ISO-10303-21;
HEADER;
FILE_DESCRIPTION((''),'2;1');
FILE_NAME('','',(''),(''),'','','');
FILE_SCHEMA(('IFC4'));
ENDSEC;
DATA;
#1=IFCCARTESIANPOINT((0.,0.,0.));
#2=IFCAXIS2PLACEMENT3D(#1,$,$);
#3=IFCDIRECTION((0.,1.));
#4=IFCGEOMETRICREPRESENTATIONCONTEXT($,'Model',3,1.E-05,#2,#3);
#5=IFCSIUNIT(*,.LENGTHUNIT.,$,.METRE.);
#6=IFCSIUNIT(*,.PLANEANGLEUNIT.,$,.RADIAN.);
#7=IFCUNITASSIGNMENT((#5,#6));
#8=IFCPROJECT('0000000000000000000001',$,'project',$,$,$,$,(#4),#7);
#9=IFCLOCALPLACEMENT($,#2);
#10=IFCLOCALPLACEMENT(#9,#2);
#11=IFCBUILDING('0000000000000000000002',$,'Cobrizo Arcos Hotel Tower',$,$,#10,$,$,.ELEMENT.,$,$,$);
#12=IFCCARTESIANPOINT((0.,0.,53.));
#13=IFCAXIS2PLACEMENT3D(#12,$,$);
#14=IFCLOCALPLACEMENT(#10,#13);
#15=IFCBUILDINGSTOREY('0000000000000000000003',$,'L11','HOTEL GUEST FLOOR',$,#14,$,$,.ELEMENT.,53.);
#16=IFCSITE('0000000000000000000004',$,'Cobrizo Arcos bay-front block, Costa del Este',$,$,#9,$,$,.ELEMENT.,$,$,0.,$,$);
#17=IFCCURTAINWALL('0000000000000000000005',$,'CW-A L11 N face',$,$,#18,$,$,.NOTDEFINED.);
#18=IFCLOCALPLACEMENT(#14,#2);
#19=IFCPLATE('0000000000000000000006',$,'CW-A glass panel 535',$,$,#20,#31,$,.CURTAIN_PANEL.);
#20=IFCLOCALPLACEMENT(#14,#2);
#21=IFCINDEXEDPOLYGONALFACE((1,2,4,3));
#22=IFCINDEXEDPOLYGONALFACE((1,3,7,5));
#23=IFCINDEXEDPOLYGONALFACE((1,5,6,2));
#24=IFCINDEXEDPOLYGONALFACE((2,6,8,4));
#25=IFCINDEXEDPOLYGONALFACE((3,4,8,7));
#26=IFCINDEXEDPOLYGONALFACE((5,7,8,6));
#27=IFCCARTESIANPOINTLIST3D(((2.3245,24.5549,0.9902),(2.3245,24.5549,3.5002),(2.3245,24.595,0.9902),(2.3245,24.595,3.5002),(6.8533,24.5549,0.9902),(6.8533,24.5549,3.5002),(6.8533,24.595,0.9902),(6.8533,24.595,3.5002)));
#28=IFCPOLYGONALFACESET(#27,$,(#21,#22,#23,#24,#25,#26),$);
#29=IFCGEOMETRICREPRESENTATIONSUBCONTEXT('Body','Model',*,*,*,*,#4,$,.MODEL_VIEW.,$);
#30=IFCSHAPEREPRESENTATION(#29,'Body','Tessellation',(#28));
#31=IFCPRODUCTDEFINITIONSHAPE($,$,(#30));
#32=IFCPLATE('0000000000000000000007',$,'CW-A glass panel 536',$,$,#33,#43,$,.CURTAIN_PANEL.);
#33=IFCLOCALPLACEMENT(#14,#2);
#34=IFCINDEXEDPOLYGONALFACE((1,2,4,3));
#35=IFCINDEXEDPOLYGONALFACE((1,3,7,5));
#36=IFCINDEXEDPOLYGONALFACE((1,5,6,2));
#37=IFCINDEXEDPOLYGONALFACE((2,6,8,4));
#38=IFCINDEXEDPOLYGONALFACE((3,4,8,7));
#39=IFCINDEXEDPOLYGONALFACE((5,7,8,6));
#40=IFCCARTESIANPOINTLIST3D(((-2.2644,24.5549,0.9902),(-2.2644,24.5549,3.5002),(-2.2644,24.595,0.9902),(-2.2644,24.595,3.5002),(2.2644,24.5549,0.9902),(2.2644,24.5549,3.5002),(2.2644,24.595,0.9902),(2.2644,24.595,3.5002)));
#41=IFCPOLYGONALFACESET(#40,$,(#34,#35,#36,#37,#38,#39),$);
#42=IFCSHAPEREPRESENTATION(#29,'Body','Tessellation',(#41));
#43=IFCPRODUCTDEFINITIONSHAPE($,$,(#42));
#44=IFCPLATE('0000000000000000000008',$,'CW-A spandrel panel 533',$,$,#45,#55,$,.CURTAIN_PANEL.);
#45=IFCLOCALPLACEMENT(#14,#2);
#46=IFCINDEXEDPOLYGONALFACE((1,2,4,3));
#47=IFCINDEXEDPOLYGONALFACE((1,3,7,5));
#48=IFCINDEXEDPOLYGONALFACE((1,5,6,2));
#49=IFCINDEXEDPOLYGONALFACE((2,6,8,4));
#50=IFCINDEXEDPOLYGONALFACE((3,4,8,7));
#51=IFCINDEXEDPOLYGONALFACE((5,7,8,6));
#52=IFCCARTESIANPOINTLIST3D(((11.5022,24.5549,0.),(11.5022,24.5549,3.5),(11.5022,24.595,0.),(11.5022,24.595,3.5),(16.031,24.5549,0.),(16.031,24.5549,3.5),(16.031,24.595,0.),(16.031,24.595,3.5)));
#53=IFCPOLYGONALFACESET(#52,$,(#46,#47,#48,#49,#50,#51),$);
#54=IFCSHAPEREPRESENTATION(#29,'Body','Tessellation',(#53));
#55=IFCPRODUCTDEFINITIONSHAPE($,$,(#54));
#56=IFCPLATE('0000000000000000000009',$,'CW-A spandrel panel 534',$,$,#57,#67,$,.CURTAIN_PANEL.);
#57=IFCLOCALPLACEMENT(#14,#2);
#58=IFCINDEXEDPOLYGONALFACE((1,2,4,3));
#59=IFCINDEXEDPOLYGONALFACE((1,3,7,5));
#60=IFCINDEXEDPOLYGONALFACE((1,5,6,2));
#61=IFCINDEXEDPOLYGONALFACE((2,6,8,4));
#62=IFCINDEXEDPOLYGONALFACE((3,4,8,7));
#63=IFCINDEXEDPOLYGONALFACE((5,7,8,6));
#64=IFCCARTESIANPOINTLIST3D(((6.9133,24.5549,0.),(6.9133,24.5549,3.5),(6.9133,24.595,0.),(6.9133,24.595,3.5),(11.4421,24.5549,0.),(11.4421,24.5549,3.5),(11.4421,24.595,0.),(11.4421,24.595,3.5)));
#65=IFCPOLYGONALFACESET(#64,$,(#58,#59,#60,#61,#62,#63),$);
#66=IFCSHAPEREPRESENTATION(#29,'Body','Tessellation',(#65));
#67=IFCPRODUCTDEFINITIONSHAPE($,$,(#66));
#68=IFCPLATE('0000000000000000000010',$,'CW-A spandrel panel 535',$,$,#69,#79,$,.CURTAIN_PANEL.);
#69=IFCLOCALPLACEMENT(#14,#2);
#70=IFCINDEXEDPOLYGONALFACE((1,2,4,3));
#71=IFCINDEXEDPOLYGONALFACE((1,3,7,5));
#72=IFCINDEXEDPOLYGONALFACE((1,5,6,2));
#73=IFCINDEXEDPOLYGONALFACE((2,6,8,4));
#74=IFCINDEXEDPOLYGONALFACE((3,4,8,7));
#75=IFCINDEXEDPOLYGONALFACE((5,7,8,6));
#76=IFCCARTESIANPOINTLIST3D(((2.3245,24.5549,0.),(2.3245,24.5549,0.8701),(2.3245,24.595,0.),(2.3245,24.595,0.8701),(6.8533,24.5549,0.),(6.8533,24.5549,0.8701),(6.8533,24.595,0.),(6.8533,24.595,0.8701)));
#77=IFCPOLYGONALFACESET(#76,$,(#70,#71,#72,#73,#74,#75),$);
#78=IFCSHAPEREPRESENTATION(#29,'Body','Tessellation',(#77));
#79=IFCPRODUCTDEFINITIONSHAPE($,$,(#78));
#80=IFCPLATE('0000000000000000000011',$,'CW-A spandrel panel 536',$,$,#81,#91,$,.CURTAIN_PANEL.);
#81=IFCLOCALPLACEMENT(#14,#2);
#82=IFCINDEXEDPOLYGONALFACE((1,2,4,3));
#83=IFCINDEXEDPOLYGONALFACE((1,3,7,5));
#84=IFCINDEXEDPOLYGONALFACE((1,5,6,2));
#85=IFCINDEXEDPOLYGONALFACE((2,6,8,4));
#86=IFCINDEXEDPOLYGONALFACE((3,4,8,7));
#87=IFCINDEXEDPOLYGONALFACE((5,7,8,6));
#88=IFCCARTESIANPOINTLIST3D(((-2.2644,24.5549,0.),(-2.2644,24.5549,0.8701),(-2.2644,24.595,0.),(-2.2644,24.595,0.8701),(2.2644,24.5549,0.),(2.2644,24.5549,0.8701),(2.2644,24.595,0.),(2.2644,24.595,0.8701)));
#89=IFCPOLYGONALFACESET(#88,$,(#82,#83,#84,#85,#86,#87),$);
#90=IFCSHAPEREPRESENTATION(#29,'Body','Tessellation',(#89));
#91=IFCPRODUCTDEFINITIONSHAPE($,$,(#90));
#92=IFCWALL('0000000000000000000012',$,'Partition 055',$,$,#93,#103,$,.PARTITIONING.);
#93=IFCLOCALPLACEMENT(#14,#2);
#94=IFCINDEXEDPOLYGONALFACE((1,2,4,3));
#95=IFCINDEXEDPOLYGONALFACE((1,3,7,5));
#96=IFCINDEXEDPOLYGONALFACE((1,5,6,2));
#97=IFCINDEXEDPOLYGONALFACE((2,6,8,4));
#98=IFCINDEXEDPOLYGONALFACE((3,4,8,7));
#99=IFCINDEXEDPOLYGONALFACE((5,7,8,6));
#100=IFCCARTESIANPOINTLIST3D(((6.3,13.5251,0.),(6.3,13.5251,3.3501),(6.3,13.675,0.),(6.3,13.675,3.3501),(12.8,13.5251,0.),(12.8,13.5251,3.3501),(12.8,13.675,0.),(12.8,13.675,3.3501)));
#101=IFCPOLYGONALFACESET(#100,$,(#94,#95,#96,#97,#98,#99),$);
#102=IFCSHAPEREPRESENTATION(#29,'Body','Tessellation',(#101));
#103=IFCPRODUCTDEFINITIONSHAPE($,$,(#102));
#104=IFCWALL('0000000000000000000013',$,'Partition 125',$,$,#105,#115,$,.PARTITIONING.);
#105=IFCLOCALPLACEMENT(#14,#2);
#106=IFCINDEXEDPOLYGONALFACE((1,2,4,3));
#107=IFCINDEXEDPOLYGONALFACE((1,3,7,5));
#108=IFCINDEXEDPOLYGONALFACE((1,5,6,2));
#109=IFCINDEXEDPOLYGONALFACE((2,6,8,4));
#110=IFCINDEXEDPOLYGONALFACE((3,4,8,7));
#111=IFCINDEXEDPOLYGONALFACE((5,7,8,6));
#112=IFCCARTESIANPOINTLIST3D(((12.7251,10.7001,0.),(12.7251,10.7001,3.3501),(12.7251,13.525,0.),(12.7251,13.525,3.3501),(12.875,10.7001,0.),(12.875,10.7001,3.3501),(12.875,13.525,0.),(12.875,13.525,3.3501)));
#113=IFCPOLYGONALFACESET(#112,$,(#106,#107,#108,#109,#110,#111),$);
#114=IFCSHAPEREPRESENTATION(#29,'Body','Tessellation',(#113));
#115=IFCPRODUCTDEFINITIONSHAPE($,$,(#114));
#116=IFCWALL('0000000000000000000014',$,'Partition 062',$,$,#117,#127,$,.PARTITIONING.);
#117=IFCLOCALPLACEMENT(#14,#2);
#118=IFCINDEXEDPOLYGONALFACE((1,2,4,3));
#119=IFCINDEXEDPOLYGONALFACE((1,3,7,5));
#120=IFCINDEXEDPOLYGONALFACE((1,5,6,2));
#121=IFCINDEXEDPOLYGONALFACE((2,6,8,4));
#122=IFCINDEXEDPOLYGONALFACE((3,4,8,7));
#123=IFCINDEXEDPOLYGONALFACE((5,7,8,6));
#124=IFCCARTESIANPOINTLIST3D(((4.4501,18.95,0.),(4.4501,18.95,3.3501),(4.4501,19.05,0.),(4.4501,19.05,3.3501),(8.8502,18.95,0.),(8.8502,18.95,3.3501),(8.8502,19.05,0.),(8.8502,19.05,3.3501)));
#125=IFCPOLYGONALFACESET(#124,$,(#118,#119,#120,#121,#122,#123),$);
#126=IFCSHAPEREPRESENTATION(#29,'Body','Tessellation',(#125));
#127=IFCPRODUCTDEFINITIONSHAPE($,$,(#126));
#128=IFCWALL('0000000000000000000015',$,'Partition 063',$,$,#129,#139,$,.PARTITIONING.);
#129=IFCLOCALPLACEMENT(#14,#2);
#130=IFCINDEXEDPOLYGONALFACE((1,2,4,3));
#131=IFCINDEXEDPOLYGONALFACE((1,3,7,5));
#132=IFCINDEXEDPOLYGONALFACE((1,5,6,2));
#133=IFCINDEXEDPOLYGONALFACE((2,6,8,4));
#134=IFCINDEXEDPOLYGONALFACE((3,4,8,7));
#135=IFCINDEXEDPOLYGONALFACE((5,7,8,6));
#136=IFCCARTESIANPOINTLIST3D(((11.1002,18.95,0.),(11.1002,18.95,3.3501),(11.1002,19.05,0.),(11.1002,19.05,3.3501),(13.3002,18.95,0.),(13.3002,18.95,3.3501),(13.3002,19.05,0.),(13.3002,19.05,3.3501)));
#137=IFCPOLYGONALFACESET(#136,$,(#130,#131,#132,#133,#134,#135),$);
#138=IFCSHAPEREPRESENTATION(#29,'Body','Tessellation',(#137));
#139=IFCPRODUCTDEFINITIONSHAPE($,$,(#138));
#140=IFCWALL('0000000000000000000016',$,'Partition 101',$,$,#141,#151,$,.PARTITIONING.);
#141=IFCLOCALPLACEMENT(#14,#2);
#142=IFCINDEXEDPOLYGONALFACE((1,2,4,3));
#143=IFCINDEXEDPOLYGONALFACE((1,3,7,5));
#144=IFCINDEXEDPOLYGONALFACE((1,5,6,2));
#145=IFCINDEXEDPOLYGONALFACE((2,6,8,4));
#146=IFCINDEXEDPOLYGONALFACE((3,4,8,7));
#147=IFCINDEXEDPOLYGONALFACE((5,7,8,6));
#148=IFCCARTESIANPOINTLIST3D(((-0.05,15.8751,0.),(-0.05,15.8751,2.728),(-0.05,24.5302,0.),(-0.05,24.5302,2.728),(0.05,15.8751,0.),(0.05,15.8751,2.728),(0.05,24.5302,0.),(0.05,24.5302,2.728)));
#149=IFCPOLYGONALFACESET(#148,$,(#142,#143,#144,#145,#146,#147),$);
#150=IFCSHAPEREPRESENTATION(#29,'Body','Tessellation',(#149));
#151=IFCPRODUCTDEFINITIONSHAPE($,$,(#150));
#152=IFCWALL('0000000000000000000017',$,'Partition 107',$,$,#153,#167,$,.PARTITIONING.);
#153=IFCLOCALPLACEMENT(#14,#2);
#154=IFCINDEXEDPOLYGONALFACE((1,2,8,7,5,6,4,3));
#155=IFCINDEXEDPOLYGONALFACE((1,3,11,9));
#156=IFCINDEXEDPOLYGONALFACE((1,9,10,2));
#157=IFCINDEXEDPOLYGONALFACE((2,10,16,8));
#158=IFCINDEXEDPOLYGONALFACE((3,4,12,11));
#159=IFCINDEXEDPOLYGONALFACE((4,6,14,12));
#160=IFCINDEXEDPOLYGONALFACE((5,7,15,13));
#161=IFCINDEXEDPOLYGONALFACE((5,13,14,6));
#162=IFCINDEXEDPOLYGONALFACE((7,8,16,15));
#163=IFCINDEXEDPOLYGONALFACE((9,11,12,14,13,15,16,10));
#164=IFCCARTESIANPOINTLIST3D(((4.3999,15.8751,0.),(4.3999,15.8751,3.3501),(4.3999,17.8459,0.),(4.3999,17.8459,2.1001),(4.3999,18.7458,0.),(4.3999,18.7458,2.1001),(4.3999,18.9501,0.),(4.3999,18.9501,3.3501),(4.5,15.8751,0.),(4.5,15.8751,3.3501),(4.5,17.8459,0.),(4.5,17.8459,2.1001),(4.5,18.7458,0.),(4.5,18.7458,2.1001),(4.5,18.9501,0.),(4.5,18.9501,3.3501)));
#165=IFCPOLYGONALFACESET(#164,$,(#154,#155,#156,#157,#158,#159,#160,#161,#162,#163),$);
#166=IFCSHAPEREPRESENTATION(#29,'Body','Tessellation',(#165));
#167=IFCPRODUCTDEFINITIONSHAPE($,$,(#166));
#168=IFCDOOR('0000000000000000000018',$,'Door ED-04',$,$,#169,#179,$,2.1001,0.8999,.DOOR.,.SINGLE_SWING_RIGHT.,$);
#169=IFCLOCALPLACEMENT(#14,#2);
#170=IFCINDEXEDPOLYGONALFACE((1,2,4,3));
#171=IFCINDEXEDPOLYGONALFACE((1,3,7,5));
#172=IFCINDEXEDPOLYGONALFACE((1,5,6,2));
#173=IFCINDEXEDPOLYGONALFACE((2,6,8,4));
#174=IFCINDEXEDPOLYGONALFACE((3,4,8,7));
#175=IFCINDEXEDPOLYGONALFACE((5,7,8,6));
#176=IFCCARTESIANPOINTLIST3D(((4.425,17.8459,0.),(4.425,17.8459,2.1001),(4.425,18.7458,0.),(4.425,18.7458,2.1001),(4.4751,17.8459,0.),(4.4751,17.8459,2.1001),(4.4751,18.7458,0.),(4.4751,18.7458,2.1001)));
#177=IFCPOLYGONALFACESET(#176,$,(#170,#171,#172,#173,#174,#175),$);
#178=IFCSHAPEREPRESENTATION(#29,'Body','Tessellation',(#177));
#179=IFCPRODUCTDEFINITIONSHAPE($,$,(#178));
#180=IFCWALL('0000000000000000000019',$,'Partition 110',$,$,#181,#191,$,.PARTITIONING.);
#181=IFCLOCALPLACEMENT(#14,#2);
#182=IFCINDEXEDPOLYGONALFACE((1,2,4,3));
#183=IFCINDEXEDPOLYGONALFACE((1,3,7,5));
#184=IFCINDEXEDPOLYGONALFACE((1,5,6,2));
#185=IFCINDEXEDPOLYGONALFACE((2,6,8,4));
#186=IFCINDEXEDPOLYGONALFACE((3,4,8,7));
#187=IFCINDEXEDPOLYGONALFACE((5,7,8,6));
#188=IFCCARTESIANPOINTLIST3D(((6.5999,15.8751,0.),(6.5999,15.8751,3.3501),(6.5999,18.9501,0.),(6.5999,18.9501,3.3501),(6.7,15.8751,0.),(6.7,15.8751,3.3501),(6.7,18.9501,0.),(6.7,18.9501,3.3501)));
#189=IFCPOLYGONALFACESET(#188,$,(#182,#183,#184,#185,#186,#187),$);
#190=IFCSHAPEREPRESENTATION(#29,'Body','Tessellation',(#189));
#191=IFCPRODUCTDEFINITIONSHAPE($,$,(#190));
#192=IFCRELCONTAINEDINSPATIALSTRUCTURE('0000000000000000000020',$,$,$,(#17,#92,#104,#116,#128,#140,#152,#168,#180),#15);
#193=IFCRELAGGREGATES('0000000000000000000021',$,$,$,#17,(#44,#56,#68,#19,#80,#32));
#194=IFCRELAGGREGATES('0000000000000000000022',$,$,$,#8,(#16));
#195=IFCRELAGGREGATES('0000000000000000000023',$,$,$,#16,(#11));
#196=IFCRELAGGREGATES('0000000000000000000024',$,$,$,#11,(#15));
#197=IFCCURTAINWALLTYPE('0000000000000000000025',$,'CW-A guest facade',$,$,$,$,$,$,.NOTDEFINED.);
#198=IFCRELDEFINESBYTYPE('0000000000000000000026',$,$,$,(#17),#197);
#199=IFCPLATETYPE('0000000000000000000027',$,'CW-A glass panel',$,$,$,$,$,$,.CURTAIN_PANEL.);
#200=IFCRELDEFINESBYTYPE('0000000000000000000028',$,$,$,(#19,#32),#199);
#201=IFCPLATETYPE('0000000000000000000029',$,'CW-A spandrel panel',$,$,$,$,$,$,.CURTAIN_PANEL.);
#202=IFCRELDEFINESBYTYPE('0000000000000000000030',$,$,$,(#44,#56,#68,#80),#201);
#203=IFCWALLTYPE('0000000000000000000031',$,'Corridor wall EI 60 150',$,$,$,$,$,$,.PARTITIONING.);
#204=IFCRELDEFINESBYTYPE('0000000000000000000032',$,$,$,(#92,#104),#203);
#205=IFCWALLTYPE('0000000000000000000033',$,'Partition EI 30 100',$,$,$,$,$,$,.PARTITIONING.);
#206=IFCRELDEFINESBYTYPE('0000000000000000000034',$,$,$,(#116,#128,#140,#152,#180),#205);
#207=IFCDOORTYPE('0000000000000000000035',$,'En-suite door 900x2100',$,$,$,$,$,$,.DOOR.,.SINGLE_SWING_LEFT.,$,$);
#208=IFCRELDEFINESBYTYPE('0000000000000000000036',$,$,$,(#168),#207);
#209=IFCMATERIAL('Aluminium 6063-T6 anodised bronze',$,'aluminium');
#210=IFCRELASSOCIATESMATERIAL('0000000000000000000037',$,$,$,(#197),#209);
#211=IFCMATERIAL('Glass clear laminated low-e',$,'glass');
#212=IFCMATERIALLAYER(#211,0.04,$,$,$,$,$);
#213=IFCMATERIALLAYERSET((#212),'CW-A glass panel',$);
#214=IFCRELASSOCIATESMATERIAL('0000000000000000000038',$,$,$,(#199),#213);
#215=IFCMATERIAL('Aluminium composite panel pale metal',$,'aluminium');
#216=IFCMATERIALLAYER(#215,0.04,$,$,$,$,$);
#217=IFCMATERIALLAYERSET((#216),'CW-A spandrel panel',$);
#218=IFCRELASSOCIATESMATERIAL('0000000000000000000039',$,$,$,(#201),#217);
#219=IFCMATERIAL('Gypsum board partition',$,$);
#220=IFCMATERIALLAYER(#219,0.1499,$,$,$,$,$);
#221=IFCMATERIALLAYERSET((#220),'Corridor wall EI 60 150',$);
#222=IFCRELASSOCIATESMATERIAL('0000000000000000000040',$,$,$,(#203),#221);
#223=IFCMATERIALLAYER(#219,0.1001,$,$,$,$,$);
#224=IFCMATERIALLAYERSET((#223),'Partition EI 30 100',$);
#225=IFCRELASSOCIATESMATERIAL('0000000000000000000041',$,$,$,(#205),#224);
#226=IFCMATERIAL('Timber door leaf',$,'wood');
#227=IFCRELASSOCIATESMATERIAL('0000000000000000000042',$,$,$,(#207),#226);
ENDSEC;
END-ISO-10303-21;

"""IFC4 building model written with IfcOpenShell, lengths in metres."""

from ifc_helpers import new_model, si_unit, direction, frame, frame_2d, origin, origin_2d, place, context, subcontext, project, spatial, rectangle, extrude, material, layer, layer_set, type_object, element, fill, aggregate, save


model = new_model("IFC4")

# Units and contexts
model_context = context("Model", 3, precision=1e-05, world=origin(), true_north=direction((0.0, 1.0)))
body_context = subcontext(model_context, "Body", "Model", "MODEL_VIEW")
ifc_project = project(units=[si_unit("LENGTHUNIT", "METRE"), si_unit("PLANEANGLEUNIT", "RADIAN")], contexts=[model_context])

# Site, building, storey
site_placement = place(None, origin())
site = spatial("IfcSite", under=ifc_project, at=site_placement, Name="Cobrizo Arcos bay-front block, Costa del Este", CompositionType="ELEMENT", RefElevation=0.0)
building_placement = place(site_placement, origin())
building = spatial("IfcBuilding", under=site, at=building_placement, Name="Cobrizo Arcos Hotel Tower", CompositionType="ELEMENT")
storey_placement = place(building_placement, frame((0.0, 0.0, 53.0)))
storey = spatial("IfcBuildingStorey", under=building, at=storey_placement, Name="L11", Description="HOTEL GUEST FLOOR", CompositionType="ELEMENT", Elevation=53.0)

# Curtain wall
ifc_material_1 = material(Name="Aluminium 6063-T6 anodised bronze", Category="aluminium")
curtain_wall_type = type_object("IfcCurtainWallType", Name="CW-A guest facade", PredefinedType="NOTDEFINED", material=ifc_material_1)
curtain_wall_placement = place(storey_placement, origin())
curtain_wall = element("IfcCurtainWall", 1, at=curtain_wall_placement, inside=storey, type_object=curtain_wall_type, Name="CW-A L11 N face", PredefinedType="NOTDEFINED")

# Plates
ifc_material_2 = material(Name="Glass clear laminated low-e", Category="glass")
ifc_layer_1 = layer(ifc_material_2, 0.04)
ifc_layer_set_1 = layer_set([ifc_layer_1], Name="CW-A glass panel")
plate_type_1 = type_object("IfcPlateType", Name="CW-A glass panel", PredefinedType="CURTAIN_PANEL", material=ifc_layer_set_1)
plate_1_placement = place(storey_placement, frame((4.5889, 24.575, 0.9902), z_axis=(0.0, 0.0, 1.0), x_axis=(-1.0, 0.0, 0.0)))
plate_1 = element("IfcPlate", 2, at=plate_1_placement, type_object=plate_type_1, Name="CW-A glass panel 535", PredefinedType="CURTAIN_PANEL", context=body_context, shape_type="SweptSolid", body=[
    extrude(rectangle(XDim=4.5288, YDim=0.04, at=origin_2d()), origin(), (0.0, 0.0, 1.0), 2.51),
])
plate_2_placement = place(storey_placement, frame((0.0, 24.575, 0.9902), z_axis=(0.0, 0.0, 1.0), x_axis=(-1.0, 0.0, 0.0)))
plate_2 = element("IfcPlate", 3, at=plate_2_placement, type_object=plate_type_1, Name="CW-A glass panel 536", PredefinedType="CURTAIN_PANEL", context=body_context, shape_type="SweptSolid", body=[
    extrude(rectangle(XDim=4.5288, YDim=0.04, at=origin_2d()), origin(), (0.0, 0.0, 1.0), 2.51),
])
ifc_material_3 = material(Name="Aluminium composite panel pale metal", Category="aluminium")
ifc_layer_2 = layer(ifc_material_3, 0.04)
ifc_layer_set_2 = layer_set([ifc_layer_2], Name="CW-A spandrel panel")
plate_type_2 = type_object("IfcPlateType", Name="CW-A spandrel panel", PredefinedType="CURTAIN_PANEL", material=ifc_layer_set_2)
plate_3_placement = place(storey_placement, frame((13.7666, 24.575, 0.0), z_axis=(0.0, 0.0, 1.0), x_axis=(-1.0, 0.0, 0.0)))
plate_3 = element("IfcPlate", 4, at=plate_3_placement, type_object=plate_type_2, Name="CW-A spandrel panel 533", PredefinedType="CURTAIN_PANEL", context=body_context, shape_type="SweptSolid", body=[
    extrude(rectangle(XDim=4.5288, YDim=0.04, at=origin_2d()), origin(), (0.0, 0.0, 1.0), 3.5),
])
plate_4_placement = place(storey_placement, frame((9.1777, 24.575, 0.0), z_axis=(0.0, 0.0, 1.0), x_axis=(-1.0, 0.0, 0.0)))
plate_4 = element("IfcPlate", 5, at=plate_4_placement, type_object=plate_type_2, Name="CW-A spandrel panel 534", PredefinedType="CURTAIN_PANEL", context=body_context, shape_type="SweptSolid", body=[
    extrude(rectangle(XDim=4.5288, YDim=0.04, at=origin_2d()), origin(), (0.0, 0.0, 1.0), 3.5),
])
plate_5_placement = place(storey_placement, frame((4.5889, 24.575, 0.0), z_axis=(0.0, 0.0, 1.0), x_axis=(-1.0, 0.0, 0.0)))
plate_5 = element("IfcPlate", 6, at=plate_5_placement, type_object=plate_type_2, Name="CW-A spandrel panel 535", PredefinedType="CURTAIN_PANEL", context=body_context, shape_type="SweptSolid", body=[
    extrude(rectangle(XDim=4.5288, YDim=0.04, at=origin_2d()), origin(), (0.0, 0.0, 1.0), 0.8701),
])
plate_6_placement = place(storey_placement, frame((0.0, 24.575, 0.0), z_axis=(0.0, 0.0, 1.0), x_axis=(-1.0, 0.0, 0.0)))
plate_6 = element("IfcPlate", 7, at=plate_6_placement, type_object=plate_type_2, Name="CW-A spandrel panel 536", PredefinedType="CURTAIN_PANEL", context=body_context, shape_type="SweptSolid", body=[
    extrude(rectangle(XDim=4.5288, YDim=0.04, at=origin_2d()), origin(), (0.0, 0.0, 1.0), 0.8701),
])
aggregate(curtain_wall, [plate_3, plate_4, plate_5, plate_1, plate_6, plate_2])

# Walls
ifc_material_4 = material(Name="Gypsum board partition")
ifc_layer_3 = layer(ifc_material_4, 0.1499)
ifc_layer_set_3 = layer_set([ifc_layer_3], Name="Corridor wall EI 60 150")
wall_type_1 = type_object("IfcWallType", Name="Corridor wall EI 60 150", PredefinedType="PARTITIONING", material=ifc_layer_set_3)
wall_1_placement = place(storey_placement, frame((6.3, 13.6001, 0.0), z_axis=(0.0, 0.0, 1.0), x_axis=(1.0, 0.0, 0.0)))
element("IfcWall", 8, at=wall_1_placement, inside=storey, type_object=wall_type_1, Name="Partition 055", PredefinedType="PARTITIONING", context=body_context, shape_type="SweptSolid", body=[
    extrude(rectangle(XDim=6.5, YDim=0.1499, at=frame_2d((3.25, 0.0))), origin(), (0.0, 0.0, 1.0), 3.3501),
])
wall_2_placement = place(storey_placement, frame((12.8, 10.7, 0.0), z_axis=(0.0, 0.0, 1.0), x_axis=(0.0, 1.0, 0.0)))
element("IfcWall", 9, at=wall_2_placement, inside=storey, type_object=wall_type_1, Name="Partition 125", PredefinedType="PARTITIONING", context=body_context, shape_type="SweptSolid", body=[
    extrude(rectangle(XDim=2.825, YDim=0.1499, at=frame_2d((1.4126, 0.0))), origin(), (0.0, 0.0, 1.0), 3.3501),
])
ifc_layer_4 = layer(ifc_material_4, 0.1001)
ifc_layer_set_4 = layer_set([ifc_layer_4], Name="Partition EI 30 100")
wall_type_2 = type_object("IfcWallType", Name="Partition EI 30 100", PredefinedType="PARTITIONING", material=ifc_layer_set_4)
wall_3_placement = place(storey_placement, frame((4.45, 19.0, 0.0), z_axis=(0.0, 0.0, 1.0), x_axis=(1.0, 0.0, 0.0)))
element("IfcWall", 10, at=wall_3_placement, inside=storey, type_object=wall_type_2, Name="Partition 062", PredefinedType="PARTITIONING", context=body_context, shape_type="SweptSolid", body=[
    extrude(rectangle(XDim=4.4001, YDim=0.1001, at=frame_2d((2.2002, 0.0))), origin(), (0.0, 0.0, 1.0), 3.3501),
])
wall_4_placement = place(storey_placement, frame((11.1001, 19.0, 0.0), z_axis=(0.0, 0.0, 1.0), x_axis=(1.0, 0.0, 0.0)))
element("IfcWall", 11, at=wall_4_placement, inside=storey, type_object=wall_type_2, Name="Partition 063", PredefinedType="PARTITIONING", context=body_context, shape_type="SweptSolid", body=[
    extrude(rectangle(XDim=2.2, YDim=0.1001, at=frame_2d((1.1001, 0.0))), origin(), (0.0, 0.0, 1.0), 3.3501),
])
wall_5_placement = place(storey_placement, frame((0.0, 15.875, 0.0), z_axis=(0.0, 0.0, 1.0), x_axis=(0.0, 1.0, 0.0)))
element("IfcWall", 12, at=wall_5_placement, inside=storey, type_object=wall_type_2, Name="Partition 101", PredefinedType="PARTITIONING", context=body_context, shape_type="SweptSolid", body=[
    extrude(rectangle(XDim=8.655, YDim=0.1001, at=frame_2d((4.3276, 0.0))), origin(), (0.0, 0.0, 1.0), 2.728),
])

# Wall, opening, door
wall_6_placement = place(storey_placement, frame((4.45, 15.875, 0.0), z_axis=(0.0, 0.0, 1.0), x_axis=(0.0, 1.0, 0.0)))
wall_6 = element("IfcWall", 13, at=wall_6_placement, inside=storey, type_object=wall_type_2, Name="Partition 107", PredefinedType="PARTITIONING", context=body_context, shape_type="SweptSolid", body=[
    extrude(rectangle(XDim=3.075, YDim=0.1001, at=frame_2d((1.5376, 0.0))), origin(), (0.0, 0.0, 1.0), 3.3501),
])
opening_1_placement = place(wall_6_placement, frame((1.9709, 0.0, 0.0)))
opening_1 = element("IfcOpeningElement", 14, at=opening_1_placement, cuts=wall_6, PredefinedType="OPENING", context=body_context, shape_type="SweptSolid", body=[
    extrude(rectangle(XDim=0.8999, YDim=2.1001, at=frame_2d((0.45, 1.05))), frame((0.0, 0.062, 0.0), z_axis=(0.0, -1.0, 0.0), x_axis=(1.0, 0.0, 0.0)), (0.0, 0.0, 1.0), 0.124),
])
ifc_material_5 = material(Name="Timber door leaf", Category="wood")
door_type = type_object("IfcDoorType", Name="En-suite door 900x2100", OperationType="SINGLE_SWING_LEFT", PredefinedType="DOOR", material=ifc_material_5)
door_1_placement = place(opening_1_placement, origin())
door_1 = element("IfcDoor", 15, at=door_1_placement, inside=storey, type_object=door_type, Name="Door ED-04", OperationType="SINGLE_SWING_RIGHT", OverallHeight=2.1001, OverallWidth=0.8999, PredefinedType="DOOR", context=body_context, shape_type="SweptSolid", body=[
    extrude(rectangle(XDim=0.8999, YDim=2.1001, at=frame_2d((0.45, 1.05))), frame((0.0, 0.0249, 0.0), z_axis=(0.0, -1.0, 0.0), x_axis=(1.0, 0.0, 0.0)), (0.0, 0.0, 1.0), 0.05),
])
fill(opening_1, door_1)

# Wall
wall_7_placement = place(storey_placement, frame((6.6499, 15.875, 0.0), z_axis=(0.0, 0.0, 1.0), x_axis=(0.0, 1.0, 0.0)))
element("IfcWall", 16, at=wall_7_placement, inside=storey, type_object=wall_type_2, Name="Partition 110", PredefinedType="PARTITIONING", context=body_context, shape_type="SweptSolid", body=[
    extrude(rectangle(XDim=3.075, YDim=0.1001, at=frame_2d((1.5376, 0.0))), origin(), (0.0, 0.0, 1.0), 3.3501),
])

save(model, "model.ifc")
